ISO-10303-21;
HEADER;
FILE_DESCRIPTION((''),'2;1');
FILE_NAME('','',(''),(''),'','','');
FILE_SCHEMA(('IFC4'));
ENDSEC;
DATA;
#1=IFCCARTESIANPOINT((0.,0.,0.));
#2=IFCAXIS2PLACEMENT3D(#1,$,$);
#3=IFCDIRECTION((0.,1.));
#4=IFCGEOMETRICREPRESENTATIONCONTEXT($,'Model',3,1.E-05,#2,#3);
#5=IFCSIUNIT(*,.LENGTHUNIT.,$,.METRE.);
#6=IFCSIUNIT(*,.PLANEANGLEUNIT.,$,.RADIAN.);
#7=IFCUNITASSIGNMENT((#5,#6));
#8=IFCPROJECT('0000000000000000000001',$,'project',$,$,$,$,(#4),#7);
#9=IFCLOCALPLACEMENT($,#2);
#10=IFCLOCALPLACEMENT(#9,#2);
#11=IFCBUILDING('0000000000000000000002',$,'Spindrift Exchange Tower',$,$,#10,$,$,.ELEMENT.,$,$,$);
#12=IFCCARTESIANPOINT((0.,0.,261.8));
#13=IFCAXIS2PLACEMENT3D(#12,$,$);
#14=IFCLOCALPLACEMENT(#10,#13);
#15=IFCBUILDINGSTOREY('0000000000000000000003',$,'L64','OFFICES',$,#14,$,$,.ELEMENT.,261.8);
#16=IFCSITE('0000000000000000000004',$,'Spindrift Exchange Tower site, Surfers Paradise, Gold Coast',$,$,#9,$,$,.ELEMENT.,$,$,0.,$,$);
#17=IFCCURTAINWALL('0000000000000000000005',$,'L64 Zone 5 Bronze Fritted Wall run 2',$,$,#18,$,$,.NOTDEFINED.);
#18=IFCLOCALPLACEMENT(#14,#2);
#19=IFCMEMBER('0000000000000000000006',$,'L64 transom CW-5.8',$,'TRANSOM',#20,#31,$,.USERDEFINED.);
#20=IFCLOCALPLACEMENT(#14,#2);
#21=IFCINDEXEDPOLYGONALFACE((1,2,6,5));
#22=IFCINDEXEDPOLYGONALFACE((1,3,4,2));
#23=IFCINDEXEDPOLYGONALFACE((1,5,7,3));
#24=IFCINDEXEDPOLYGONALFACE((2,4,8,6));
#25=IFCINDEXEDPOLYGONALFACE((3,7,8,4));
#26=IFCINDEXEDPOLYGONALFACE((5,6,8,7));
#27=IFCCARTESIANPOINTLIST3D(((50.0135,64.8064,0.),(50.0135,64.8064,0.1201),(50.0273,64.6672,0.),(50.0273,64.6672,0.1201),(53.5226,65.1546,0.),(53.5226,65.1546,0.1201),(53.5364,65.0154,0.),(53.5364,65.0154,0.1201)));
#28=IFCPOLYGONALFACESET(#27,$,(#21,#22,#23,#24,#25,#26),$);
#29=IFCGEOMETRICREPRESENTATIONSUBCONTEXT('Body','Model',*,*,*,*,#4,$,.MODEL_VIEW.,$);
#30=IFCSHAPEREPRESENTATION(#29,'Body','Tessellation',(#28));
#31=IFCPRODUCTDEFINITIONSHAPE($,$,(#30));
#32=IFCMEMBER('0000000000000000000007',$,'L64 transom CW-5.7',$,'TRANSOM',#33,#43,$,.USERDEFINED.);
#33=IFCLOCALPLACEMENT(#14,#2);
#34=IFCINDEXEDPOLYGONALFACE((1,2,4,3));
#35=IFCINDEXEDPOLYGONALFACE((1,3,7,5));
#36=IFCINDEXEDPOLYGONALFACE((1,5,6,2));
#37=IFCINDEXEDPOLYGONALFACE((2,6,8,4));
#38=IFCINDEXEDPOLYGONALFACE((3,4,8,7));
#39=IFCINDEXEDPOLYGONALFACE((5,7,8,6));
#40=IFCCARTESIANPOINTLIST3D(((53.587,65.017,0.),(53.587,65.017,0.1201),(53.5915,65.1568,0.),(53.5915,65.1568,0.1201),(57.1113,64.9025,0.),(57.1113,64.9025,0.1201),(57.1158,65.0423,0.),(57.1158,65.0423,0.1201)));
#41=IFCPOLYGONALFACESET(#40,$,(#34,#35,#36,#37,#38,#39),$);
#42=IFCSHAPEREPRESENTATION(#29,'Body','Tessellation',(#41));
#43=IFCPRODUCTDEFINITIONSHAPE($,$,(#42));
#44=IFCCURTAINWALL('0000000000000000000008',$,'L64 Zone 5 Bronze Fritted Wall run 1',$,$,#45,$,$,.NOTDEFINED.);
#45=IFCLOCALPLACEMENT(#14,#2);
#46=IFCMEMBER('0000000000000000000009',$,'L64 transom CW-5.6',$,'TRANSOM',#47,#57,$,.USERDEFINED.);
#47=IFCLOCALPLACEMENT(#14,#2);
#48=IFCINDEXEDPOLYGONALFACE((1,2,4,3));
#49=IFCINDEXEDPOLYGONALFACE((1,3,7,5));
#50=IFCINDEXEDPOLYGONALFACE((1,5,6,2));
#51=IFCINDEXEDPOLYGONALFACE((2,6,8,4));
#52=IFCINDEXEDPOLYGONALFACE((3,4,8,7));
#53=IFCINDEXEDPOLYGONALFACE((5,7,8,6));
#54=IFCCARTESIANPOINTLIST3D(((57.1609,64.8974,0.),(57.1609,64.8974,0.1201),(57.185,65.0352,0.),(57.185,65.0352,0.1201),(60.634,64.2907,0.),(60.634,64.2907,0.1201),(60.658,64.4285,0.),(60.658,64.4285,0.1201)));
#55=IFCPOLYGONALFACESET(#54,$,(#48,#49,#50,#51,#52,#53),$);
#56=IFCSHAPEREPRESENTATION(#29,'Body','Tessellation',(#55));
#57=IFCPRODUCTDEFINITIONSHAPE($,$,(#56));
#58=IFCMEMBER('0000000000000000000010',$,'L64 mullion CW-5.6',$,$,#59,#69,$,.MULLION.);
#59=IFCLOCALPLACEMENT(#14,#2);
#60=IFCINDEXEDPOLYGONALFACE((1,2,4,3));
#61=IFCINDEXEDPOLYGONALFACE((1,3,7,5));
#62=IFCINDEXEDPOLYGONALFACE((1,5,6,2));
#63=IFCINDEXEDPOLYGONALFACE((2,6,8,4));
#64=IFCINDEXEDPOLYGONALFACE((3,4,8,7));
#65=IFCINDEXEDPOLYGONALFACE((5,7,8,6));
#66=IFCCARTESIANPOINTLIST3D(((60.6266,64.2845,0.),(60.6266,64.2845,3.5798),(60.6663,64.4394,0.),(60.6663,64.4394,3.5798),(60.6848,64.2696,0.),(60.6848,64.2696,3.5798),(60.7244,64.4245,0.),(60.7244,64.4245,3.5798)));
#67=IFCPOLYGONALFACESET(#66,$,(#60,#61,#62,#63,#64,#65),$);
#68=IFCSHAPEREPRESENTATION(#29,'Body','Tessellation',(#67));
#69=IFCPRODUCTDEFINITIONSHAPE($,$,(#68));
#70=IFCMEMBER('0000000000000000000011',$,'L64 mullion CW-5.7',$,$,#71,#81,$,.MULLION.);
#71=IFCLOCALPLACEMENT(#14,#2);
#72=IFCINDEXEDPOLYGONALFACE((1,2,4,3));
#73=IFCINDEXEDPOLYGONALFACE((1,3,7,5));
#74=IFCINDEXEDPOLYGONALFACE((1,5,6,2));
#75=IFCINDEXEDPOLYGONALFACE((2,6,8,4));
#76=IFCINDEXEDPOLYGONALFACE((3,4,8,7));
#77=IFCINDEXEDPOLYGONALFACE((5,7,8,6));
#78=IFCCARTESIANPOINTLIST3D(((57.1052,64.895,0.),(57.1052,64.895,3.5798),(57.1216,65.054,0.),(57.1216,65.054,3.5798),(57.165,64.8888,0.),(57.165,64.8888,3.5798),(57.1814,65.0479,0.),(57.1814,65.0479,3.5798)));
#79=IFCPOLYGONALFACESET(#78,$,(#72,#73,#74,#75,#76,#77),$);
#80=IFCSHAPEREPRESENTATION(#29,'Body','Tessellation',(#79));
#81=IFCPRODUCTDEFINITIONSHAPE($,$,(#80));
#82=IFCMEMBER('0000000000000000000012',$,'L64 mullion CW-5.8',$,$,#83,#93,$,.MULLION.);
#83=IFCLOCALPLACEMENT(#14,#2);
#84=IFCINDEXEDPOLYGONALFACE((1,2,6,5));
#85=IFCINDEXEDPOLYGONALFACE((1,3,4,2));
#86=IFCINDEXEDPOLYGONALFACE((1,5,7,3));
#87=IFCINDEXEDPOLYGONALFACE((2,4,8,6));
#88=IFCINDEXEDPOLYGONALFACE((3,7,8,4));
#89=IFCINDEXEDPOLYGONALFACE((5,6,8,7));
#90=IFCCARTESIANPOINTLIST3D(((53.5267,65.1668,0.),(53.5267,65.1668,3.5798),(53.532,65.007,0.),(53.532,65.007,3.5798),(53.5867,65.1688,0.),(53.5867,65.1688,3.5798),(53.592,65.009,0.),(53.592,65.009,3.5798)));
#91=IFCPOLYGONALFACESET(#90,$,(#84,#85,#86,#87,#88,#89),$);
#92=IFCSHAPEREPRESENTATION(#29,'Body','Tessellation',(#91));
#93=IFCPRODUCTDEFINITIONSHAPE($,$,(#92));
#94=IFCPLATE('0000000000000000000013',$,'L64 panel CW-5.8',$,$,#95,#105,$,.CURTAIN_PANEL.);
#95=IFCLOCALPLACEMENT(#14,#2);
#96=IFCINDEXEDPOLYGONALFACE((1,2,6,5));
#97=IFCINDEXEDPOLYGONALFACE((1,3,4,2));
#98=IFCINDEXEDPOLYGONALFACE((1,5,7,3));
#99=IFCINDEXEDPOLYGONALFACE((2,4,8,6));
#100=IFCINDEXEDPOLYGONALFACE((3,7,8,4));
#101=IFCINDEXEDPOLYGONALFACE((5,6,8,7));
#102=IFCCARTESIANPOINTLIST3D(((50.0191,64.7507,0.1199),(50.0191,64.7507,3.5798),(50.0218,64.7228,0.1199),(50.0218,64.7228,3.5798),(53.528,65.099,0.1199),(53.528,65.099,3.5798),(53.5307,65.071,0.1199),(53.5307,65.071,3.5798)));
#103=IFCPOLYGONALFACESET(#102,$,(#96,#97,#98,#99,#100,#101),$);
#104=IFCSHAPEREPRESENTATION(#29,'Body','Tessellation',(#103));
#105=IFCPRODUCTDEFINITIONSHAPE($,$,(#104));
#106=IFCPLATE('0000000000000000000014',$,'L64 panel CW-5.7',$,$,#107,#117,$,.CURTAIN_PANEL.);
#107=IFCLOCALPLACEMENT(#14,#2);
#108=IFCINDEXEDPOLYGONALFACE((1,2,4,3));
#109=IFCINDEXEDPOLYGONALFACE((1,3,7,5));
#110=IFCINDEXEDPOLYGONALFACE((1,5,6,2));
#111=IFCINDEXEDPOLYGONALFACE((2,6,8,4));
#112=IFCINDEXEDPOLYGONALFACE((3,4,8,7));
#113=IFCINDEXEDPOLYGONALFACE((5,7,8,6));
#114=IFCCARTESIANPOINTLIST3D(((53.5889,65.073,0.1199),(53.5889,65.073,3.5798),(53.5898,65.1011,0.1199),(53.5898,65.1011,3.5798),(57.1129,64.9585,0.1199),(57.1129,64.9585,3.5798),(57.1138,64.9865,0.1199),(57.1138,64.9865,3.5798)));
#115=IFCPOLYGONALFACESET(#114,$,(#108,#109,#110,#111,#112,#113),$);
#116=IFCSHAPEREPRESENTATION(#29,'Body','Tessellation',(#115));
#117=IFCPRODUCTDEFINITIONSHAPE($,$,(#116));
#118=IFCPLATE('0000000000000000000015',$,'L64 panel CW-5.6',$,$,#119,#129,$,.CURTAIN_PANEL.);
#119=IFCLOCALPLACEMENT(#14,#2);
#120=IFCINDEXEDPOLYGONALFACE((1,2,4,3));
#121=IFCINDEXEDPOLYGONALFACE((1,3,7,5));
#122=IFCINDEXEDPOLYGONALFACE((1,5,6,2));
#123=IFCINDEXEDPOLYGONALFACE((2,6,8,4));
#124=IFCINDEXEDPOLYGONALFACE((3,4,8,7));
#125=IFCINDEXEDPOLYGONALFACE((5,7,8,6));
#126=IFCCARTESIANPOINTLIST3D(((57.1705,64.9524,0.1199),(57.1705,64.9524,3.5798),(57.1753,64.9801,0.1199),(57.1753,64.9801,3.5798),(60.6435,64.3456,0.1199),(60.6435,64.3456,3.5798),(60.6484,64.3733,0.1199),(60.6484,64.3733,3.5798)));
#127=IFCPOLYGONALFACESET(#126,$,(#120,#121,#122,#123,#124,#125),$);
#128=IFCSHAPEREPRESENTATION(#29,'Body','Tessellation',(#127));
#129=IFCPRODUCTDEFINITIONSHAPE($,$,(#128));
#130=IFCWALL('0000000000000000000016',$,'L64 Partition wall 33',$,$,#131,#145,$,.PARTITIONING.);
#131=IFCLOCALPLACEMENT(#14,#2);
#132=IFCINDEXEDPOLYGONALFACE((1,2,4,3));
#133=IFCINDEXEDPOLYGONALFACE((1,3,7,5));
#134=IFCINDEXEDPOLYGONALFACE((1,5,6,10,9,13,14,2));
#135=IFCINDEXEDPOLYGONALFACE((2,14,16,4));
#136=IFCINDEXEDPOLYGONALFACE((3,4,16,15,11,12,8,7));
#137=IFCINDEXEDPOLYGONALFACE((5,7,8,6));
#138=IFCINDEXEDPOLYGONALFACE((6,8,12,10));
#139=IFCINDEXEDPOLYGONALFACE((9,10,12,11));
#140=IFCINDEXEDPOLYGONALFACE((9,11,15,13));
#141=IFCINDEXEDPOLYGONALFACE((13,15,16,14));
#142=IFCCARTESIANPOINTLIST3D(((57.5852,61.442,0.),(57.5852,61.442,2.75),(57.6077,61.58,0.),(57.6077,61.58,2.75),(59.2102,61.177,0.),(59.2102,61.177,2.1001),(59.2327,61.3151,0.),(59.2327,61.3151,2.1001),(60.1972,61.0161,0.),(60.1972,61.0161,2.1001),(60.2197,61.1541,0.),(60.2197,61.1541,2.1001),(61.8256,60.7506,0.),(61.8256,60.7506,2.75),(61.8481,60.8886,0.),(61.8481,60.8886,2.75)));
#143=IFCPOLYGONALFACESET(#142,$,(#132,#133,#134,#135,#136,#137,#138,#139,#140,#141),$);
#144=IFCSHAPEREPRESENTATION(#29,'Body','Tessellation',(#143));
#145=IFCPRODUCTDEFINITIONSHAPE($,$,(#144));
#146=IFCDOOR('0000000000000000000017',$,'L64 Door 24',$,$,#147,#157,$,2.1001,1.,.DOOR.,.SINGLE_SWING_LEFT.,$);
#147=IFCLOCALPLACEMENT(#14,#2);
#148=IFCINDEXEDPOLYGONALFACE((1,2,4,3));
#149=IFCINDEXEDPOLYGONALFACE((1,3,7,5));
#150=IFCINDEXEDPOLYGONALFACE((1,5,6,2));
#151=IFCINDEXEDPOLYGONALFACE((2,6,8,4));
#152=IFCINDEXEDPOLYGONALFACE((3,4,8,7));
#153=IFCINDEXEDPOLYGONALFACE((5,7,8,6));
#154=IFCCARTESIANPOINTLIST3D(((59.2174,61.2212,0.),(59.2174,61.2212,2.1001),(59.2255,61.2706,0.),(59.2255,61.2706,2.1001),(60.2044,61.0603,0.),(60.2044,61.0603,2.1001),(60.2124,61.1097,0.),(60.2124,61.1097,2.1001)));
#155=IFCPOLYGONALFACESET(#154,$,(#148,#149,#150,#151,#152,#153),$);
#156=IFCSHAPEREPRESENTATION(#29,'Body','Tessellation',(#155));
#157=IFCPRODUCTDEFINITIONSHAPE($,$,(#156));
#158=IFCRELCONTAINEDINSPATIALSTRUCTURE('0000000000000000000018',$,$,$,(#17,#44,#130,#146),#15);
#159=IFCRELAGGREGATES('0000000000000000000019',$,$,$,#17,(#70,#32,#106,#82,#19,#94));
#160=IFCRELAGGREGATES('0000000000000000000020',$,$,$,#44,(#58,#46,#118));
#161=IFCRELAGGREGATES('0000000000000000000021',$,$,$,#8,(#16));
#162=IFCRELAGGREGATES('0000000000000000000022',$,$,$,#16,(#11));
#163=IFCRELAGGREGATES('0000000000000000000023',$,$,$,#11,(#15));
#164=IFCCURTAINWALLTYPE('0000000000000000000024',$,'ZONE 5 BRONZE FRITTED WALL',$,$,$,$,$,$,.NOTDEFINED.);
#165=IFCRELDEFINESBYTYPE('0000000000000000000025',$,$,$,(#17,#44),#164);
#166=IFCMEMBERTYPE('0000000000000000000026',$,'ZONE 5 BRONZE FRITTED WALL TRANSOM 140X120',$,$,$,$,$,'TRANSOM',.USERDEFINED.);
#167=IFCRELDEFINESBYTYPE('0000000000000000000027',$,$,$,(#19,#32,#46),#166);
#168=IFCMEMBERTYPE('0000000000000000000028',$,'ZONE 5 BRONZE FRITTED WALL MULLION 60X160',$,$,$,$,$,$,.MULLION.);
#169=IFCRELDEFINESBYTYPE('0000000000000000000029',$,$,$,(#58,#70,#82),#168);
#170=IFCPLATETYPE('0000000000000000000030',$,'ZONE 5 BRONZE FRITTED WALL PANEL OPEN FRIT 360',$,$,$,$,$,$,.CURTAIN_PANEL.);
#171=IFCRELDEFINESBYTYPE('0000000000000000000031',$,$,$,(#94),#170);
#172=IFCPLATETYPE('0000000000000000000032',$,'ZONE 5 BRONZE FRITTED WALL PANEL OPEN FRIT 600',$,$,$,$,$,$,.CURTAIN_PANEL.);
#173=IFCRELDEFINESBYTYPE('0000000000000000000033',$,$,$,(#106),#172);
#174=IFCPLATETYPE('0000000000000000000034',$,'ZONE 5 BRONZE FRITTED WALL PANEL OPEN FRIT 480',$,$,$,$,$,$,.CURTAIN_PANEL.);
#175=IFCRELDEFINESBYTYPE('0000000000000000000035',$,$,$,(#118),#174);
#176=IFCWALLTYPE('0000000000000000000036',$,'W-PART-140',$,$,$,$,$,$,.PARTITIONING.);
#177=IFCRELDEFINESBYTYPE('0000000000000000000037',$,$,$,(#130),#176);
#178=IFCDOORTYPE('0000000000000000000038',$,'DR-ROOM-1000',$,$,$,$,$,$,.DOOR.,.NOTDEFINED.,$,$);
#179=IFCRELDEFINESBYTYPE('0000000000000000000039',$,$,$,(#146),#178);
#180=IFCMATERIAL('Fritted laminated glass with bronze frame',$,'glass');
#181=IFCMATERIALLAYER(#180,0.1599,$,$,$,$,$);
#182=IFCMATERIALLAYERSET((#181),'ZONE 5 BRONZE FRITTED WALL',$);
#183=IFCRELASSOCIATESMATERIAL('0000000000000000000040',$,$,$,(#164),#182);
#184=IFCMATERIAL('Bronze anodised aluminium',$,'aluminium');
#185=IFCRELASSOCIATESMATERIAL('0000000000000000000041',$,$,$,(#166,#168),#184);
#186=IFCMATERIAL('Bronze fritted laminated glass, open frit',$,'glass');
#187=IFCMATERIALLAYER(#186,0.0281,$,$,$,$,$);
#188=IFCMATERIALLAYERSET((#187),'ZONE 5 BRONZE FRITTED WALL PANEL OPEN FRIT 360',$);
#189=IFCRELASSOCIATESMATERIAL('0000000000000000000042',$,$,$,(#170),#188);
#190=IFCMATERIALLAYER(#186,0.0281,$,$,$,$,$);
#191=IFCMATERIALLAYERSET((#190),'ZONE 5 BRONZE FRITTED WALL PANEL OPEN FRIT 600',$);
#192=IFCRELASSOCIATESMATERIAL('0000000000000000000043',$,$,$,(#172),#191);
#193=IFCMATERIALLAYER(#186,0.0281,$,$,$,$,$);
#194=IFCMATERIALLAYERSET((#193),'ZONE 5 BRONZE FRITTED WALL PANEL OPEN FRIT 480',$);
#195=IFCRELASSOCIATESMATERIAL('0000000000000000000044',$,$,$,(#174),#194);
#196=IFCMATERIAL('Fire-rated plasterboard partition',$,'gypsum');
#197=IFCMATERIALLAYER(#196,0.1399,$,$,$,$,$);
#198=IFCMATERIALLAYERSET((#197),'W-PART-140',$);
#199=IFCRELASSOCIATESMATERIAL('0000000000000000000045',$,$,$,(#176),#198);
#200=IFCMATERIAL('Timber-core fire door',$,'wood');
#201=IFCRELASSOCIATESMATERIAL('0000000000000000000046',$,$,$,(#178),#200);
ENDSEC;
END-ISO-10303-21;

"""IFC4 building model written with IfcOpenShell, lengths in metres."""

from ifc_helpers import new_model, si_unit, direction, frame, frame_2d, origin, origin_2d, place, context, subcontext, project, spatial, rectangle, extrude, source, transform, mapped, material, layer, layer_set, material_profile, profile_set, type_object, element, fill, aggregate, save


model = new_model("IFC4")

# Units and contexts
model_context = context("Model", 3, precision=1e-05, world=origin(), true_north=direction((0.0, 1.0)))
body_context = subcontext(model_context, "Body", "Model", "MODEL_VIEW")
ifc_project = project(units=[si_unit("LENGTHUNIT", "METRE"), si_unit("PLANEANGLEUNIT", "RADIAN")], contexts=[model_context])

# Site, building, storey
site_placement = place(None, origin())
site = spatial("IfcSite", under=ifc_project, at=site_placement, Name="Spindrift Exchange Tower site, Surfers Paradise, Gold Coast", CompositionType="ELEMENT", RefElevation=0.0)
building_placement = place(site_placement, origin())
building = spatial("IfcBuilding", under=site, at=building_placement, Name="Spindrift Exchange Tower", CompositionType="ELEMENT")
storey_placement = place(building_placement, frame((0.0, 0.0, 261.8)))
storey = spatial("IfcBuildingStorey", under=building, at=storey_placement, Name="L64", Description="OFFICES", CompositionType="ELEMENT", Elevation=261.8)

# Curtain walls, members
ifc_material_1 = material(Name="Fritted laminated glass with bronze frame", Category="glass")
ifc_layer_1 = layer(ifc_material_1, 0.1599)
ifc_layer_set_1 = layer_set([ifc_layer_1], Name="ZONE 5 BRONZE FRITTED WALL")
curtain_wall_type = type_object("IfcCurtainWallType", Name="ZONE 5 BRONZE FRITTED WALL", PredefinedType="NOTDEFINED", material=ifc_layer_set_1)
curtain_wall_1_placement = place(storey_placement, origin())
curtain_wall_1 = element("IfcCurtainWall", 1, at=curtain_wall_1_placement, inside=storey, type_object=curtain_wall_type, Name="L64 Zone 5 Bronze Fritted Wall run 2", PredefinedType="NOTDEFINED")
ifc_material_2 = material(Name="Bronze anodised aluminium", Category="aluminium")
ifc_material_profile_1 = material_profile(ifc_material_2, rectangle(XDim=0.1399, YDim=0.1201, at=origin_2d()), Name="ZONE 5 BRONZE FRITTED WALL TRANSOM 140X120")
ifc_profile_set_1 = profile_set([ifc_material_profile_1], Name="Bronze anodised aluminium")
member_type_1 = type_object("IfcMemberType", Name="ZONE 5 BRONZE FRITTED WALL TRANSOM 140X120", ElementType="TRANSOM", PredefinedType="USERDEFINED", material=ifc_profile_set_1)
shared_shape_1 = source(origin(), body_context, "Body", "SweptSolid", [
    extrude(rectangle(XDim=0.1399, YDim=0.1201, at=origin_2d()), origin(), (0.0, 0.0, 1.0), 3.5264),
])
member_1_placement = place(storey_placement, frame((53.5295, 65.085, 0.0601), z_axis=(-0.995114, -0.098729, 0.0), x_axis=(0.098729, -0.995114, 0.0)))
member_1 = element("IfcMember", 2, at=member_1_placement, type_object=member_type_1, Name="L64 transom CW-5.8", ObjectType="TRANSOM", PredefinedType="USERDEFINED", context=body_context, shape_type="MappedRepresentation", body=[
    mapped(shared_shape_1, transform((0.0, 0.0, 0.0), scale=1.0)),
])
shared_shape_2 = source(origin(), body_context, "Body", "SweptSolid", [
    extrude(rectangle(XDim=0.1399, YDim=0.1201, at=origin_2d()), origin(), (0.0, 0.0, 1.0), 3.5261),
])
member_2_placement = place(storey_placement, frame((57.1135, 64.9724, 0.0601), z_axis=(-0.999473, 0.032473, 0.0), x_axis=(-0.032473, -0.999473, 0.0)))
member_2 = element("IfcMember", 3, at=member_2_placement, type_object=member_type_1, Name="L64 transom CW-5.7", ObjectType="TRANSOM", PredefinedType="USERDEFINED", context=body_context, shape_type="MappedRepresentation", body=[
    mapped(shared_shape_2, transform((0.0, 0.0, 0.0), scale=1.0)),
])
curtain_wall_2_placement = place(storey_placement, origin())
curtain_wall_2 = element("IfcCurtainWall", 4, at=curtain_wall_2_placement, inside=storey, type_object=curtain_wall_type, Name="L64 Zone 5 Bronze Fritted Wall run 1", PredefinedType="NOTDEFINED")
shared_shape_3 = source(origin(), body_context, "Body", "SweptSolid", [
    extrude(rectangle(XDim=0.1399, YDim=0.1201, at=origin_2d()), origin(), (0.0, 0.0, 1.0), 3.5256),
])
member_3_placement = place(storey_placement, frame((60.646, 64.3596, 0.0601), z_axis=(-0.985084, 0.172075, 0.0), x_axis=(-0.172075, -0.985084, 0.0)))
member_3 = element("IfcMember", 5, at=member_3_placement, type_object=member_type_1, Name="L64 transom CW-5.6", ObjectType="TRANSOM", PredefinedType="USERDEFINED", context=body_context, shape_type="MappedRepresentation", body=[
    mapped(shared_shape_3, transform((0.0, 0.0, 0.0), scale=1.0)),
])
ifc_material_profile_2 = material_profile(ifc_material_2, rectangle(XDim=0.0601, YDim=0.1599, at=origin_2d()), Name="ZONE 5 BRONZE FRITTED WALL MULLION 60X160")
ifc_profile_set_2 = profile_set([ifc_material_profile_2], Name="Bronze anodised aluminium")
member_type_2 = type_object("IfcMemberType", Name="ZONE 5 BRONZE FRITTED WALL MULLION 60X160", PredefinedType="MULLION", material=ifc_profile_set_2)
shared_shape_4 = source(origin(), body_context, "Body", "SweptSolid", [
    extrude(rectangle(XDim=0.0601, YDim=0.1599, at=origin_2d()), origin(), (0.0, 0.0, 1.0), 3.5798),
])
member_4_placement = place(storey_placement, frame((60.6755, 64.3545, 0.0), z_axis=(0.0, 0.0, 1.0), x_axis=(-0.968797, 0.247857, 0.0)))
member_4 = element("IfcMember", 6, at=member_4_placement, type_object=member_type_2, Name="L64 mullion CW-5.6", PredefinedType="MULLION", context=body_context, shape_type="MappedRepresentation", body=[
    mapped(shared_shape_4, transform((0.0, 0.0, 0.0), scale=1.0)),
])

# Members
member_5_placement = place(storey_placement, frame((57.1433, 64.9714, 0.0), z_axis=(0.0, 0.0, 1.0), x_axis=(-0.994728, 0.102549, 0.0)))
member_5 = element("IfcMember", 7, at=member_5_placement, type_object=member_type_2, Name="L64 mullion CW-5.7", PredefinedType="MULLION", context=body_context, shape_type="MappedRepresentation", body=[
    mapped(shared_shape_4, transform((0.0, 0.0, 0.0), scale=1.0)),
])
member_6_placement = place(storey_placement, frame((53.5593, 65.0879, 0.0), z_axis=(0.0, 0.0, 1.0), x_axis=(-0.999448, -0.033211, 0.0)))
member_6 = element("IfcMember", 8, at=member_6_placement, type_object=member_type_2, Name="L64 mullion CW-5.8", PredefinedType="MULLION", context=body_context, shape_type="MappedRepresentation", body=[
    mapped(shared_shape_4, transform((0.0, 0.0, 0.0), scale=1.0)),
])

# Plates
ifc_material_3 = material(Name="Bronze fritted laminated glass, open frit", Category="glass")
ifc_layer_2 = layer(ifc_material_3, 0.0281)
ifc_layer_set_2 = layer_set([ifc_layer_2], Name="ZONE 5 BRONZE FRITTED WALL PANEL OPEN FRIT 360")
plate_type_1 = type_object("IfcPlateType", Name="ZONE 5 BRONZE FRITTED WALL PANEL OPEN FRIT 360", PredefinedType="CURTAIN_PANEL", material=ifc_layer_set_2)
shared_shape_5 = source(origin(), body_context, "Body", "SweptSolid", [
    extrude(rectangle(XDim=3.5261, YDim=0.0281, at=origin_2d()), origin(), (0.0, 0.0, 1.0), 3.46),
])
plate_1_placement = place(storey_placement, frame((51.7749, 64.9109, 0.1199), z_axis=(0.0, 0.0, 1.0), x_axis=(-0.995111, -0.098766, 0.0)))
plate_1 = element("IfcPlate", 9, at=plate_1_placement, type_object=plate_type_1, Name="L64 panel CW-5.8", PredefinedType="CURTAIN_PANEL", context=body_context, shape_type="MappedRepresentation", body=[
    mapped(shared_shape_5, transform((0.0, 0.0, 0.0), scale=1.0)),
])
ifc_layer_3 = layer(ifc_material_3, 0.0281)
ifc_layer_set_3 = layer_set([ifc_layer_3], Name="ZONE 5 BRONZE FRITTED WALL PANEL OPEN FRIT 600")
plate_type_2 = type_object("IfcPlateType", Name="ZONE 5 BRONZE FRITTED WALL PANEL OPEN FRIT 600", PredefinedType="CURTAIN_PANEL", material=ifc_layer_set_3)
shared_shape_6 = source(origin(), body_context, "Body", "SweptSolid", [
    extrude(rectangle(XDim=3.5259, YDim=0.0281, at=origin_2d()), origin(), (0.0, 0.0, 1.0), 3.46),
])
plate_2_placement = place(storey_placement, frame((55.3513, 65.0298, 0.1199), z_axis=(0.0, 0.0, 1.0), x_axis=(-0.999472, 0.032487, 0.0)))
plate_2 = element("IfcPlate", 10, at=plate_2_placement, type_object=plate_type_2, Name="L64 panel CW-5.7", PredefinedType="CURTAIN_PANEL", context=body_context, shape_type="MappedRepresentation", body=[
    mapped(shared_shape_6, transform((0.0, 0.0, 0.0), scale=1.0)),
])
aggregate(curtain_wall_1, [member_5, member_2, plate_2, member_6, member_1, plate_1])
ifc_layer_4 = layer(ifc_material_3, 0.0281)
ifc_layer_set_4 = layer_set([ifc_layer_4], Name="ZONE 5 BRONZE FRITTED WALL PANEL OPEN FRIT 480")
plate_type_3 = type_object("IfcPlateType", Name="ZONE 5 BRONZE FRITTED WALL PANEL OPEN FRIT 480", PredefinedType="CURTAIN_PANEL", material=ifc_layer_set_4)
shared_shape_7 = source(origin(), body_context, "Body", "SweptSolid", [
    extrude(rectangle(XDim=3.5256, YDim=0.0281, at=origin_2d()), origin(), (0.0, 0.0, 1.0), 3.46),
])
plate_3_placement = place(storey_placement, frame((58.9094, 64.6628, 0.1199), z_axis=(0.0, 0.0, 1.0), x_axis=(-0.985079, 0.172104, 0.0)))
plate_3 = element("IfcPlate", 11, at=plate_3_placement, type_object=plate_type_3, Name="L64 panel CW-5.6", PredefinedType="CURTAIN_PANEL", context=body_context, shape_type="MappedRepresentation", body=[
    mapped(shared_shape_7, transform((0.0, 0.0, 0.0), scale=1.0)),
])
aggregate(curtain_wall_2, [member_4, member_3, plate_3])

# Wall, opening, door
ifc_material_4 = material(Name="Fire-rated plasterboard partition", Category="gypsum")
ifc_layer_5 = layer(ifc_material_4, 0.1399)
ifc_layer_set_5 = layer_set([ifc_layer_5], Name="W-PART-140")
wall_type = type_object("IfcWallType", Name="W-PART-140", PredefinedType="PARTITIONING", material=ifc_layer_set_5)
wall_1_placement = place(storey_placement, frame((57.5964, 61.511, 0.0), z_axis=(0.0, 0.0, 1.0), x_axis=(0.986967, -0.160924, 0.0)))
wall_1 = element("IfcWall", 12, at=wall_1_placement, inside=storey, type_object=wall_type, Name="L64 Partition wall 33", PredefinedType="PARTITIONING", context=body_context, shape_type="SweptSolid", body=[
    extrude(rectangle(XDim=4.2964, YDim=0.1399, at=frame_2d((2.1482, 0.0))), origin(), (0.0, 0.0, 1.0), 2.75),
])
opening_1_placement = place(wall_1_placement, frame((1.6465, 0.0, 0.0)))
opening_1 = element("IfcOpeningElement", 13, at=opening_1_placement, cuts=wall_1, PredefinedType="OPENING", context=body_context, shape_type="SweptSolid", body=[
    extrude(rectangle(XDim=1.0, YDim=2.1001, at=frame_2d((0.5, 1.05))), frame((0.0, 0.0798, 0.0), z_axis=(0.0, -1.0, 0.0), x_axis=(1.0, 0.0, 0.0)), (0.0, 0.0, 1.0), 0.1599),
])
ifc_material_5 = material(Name="Timber-core fire door", Category="wood")
door_type = type_object("IfcDoorType", Name="DR-ROOM-1000", OperationType="NOTDEFINED", PredefinedType="DOOR", material=ifc_material_5)
shared_shape_8 = source(origin(), body_context, "Body", "SweptSolid", [
    extrude(rectangle(XDim=1.0, YDim=2.1001, at=frame_2d((0.5, 1.05))), frame((0.0, 0.0249, 0.0), z_axis=(0.0, -1.0, 0.0), x_axis=(1.0, 0.0, 0.0)), (0.0, 0.0, 1.0), 0.05),
])
door_1_placement = place(opening_1_placement, origin())
door_1 = element("IfcDoor", 14, at=door_1_placement, inside=storey, type_object=door_type, Name="L64 Door 24", OperationType="SINGLE_SWING_LEFT", OverallHeight=2.1001, OverallWidth=1.0, PredefinedType="DOOR", context=body_context, shape_type="MappedRepresentation", body=[
    mapped(shared_shape_8, transform((0.0, 0.0, 0.0), scale=1.0)),
])
fill(opening_1, door_1)

save(model, "model.ifc")
